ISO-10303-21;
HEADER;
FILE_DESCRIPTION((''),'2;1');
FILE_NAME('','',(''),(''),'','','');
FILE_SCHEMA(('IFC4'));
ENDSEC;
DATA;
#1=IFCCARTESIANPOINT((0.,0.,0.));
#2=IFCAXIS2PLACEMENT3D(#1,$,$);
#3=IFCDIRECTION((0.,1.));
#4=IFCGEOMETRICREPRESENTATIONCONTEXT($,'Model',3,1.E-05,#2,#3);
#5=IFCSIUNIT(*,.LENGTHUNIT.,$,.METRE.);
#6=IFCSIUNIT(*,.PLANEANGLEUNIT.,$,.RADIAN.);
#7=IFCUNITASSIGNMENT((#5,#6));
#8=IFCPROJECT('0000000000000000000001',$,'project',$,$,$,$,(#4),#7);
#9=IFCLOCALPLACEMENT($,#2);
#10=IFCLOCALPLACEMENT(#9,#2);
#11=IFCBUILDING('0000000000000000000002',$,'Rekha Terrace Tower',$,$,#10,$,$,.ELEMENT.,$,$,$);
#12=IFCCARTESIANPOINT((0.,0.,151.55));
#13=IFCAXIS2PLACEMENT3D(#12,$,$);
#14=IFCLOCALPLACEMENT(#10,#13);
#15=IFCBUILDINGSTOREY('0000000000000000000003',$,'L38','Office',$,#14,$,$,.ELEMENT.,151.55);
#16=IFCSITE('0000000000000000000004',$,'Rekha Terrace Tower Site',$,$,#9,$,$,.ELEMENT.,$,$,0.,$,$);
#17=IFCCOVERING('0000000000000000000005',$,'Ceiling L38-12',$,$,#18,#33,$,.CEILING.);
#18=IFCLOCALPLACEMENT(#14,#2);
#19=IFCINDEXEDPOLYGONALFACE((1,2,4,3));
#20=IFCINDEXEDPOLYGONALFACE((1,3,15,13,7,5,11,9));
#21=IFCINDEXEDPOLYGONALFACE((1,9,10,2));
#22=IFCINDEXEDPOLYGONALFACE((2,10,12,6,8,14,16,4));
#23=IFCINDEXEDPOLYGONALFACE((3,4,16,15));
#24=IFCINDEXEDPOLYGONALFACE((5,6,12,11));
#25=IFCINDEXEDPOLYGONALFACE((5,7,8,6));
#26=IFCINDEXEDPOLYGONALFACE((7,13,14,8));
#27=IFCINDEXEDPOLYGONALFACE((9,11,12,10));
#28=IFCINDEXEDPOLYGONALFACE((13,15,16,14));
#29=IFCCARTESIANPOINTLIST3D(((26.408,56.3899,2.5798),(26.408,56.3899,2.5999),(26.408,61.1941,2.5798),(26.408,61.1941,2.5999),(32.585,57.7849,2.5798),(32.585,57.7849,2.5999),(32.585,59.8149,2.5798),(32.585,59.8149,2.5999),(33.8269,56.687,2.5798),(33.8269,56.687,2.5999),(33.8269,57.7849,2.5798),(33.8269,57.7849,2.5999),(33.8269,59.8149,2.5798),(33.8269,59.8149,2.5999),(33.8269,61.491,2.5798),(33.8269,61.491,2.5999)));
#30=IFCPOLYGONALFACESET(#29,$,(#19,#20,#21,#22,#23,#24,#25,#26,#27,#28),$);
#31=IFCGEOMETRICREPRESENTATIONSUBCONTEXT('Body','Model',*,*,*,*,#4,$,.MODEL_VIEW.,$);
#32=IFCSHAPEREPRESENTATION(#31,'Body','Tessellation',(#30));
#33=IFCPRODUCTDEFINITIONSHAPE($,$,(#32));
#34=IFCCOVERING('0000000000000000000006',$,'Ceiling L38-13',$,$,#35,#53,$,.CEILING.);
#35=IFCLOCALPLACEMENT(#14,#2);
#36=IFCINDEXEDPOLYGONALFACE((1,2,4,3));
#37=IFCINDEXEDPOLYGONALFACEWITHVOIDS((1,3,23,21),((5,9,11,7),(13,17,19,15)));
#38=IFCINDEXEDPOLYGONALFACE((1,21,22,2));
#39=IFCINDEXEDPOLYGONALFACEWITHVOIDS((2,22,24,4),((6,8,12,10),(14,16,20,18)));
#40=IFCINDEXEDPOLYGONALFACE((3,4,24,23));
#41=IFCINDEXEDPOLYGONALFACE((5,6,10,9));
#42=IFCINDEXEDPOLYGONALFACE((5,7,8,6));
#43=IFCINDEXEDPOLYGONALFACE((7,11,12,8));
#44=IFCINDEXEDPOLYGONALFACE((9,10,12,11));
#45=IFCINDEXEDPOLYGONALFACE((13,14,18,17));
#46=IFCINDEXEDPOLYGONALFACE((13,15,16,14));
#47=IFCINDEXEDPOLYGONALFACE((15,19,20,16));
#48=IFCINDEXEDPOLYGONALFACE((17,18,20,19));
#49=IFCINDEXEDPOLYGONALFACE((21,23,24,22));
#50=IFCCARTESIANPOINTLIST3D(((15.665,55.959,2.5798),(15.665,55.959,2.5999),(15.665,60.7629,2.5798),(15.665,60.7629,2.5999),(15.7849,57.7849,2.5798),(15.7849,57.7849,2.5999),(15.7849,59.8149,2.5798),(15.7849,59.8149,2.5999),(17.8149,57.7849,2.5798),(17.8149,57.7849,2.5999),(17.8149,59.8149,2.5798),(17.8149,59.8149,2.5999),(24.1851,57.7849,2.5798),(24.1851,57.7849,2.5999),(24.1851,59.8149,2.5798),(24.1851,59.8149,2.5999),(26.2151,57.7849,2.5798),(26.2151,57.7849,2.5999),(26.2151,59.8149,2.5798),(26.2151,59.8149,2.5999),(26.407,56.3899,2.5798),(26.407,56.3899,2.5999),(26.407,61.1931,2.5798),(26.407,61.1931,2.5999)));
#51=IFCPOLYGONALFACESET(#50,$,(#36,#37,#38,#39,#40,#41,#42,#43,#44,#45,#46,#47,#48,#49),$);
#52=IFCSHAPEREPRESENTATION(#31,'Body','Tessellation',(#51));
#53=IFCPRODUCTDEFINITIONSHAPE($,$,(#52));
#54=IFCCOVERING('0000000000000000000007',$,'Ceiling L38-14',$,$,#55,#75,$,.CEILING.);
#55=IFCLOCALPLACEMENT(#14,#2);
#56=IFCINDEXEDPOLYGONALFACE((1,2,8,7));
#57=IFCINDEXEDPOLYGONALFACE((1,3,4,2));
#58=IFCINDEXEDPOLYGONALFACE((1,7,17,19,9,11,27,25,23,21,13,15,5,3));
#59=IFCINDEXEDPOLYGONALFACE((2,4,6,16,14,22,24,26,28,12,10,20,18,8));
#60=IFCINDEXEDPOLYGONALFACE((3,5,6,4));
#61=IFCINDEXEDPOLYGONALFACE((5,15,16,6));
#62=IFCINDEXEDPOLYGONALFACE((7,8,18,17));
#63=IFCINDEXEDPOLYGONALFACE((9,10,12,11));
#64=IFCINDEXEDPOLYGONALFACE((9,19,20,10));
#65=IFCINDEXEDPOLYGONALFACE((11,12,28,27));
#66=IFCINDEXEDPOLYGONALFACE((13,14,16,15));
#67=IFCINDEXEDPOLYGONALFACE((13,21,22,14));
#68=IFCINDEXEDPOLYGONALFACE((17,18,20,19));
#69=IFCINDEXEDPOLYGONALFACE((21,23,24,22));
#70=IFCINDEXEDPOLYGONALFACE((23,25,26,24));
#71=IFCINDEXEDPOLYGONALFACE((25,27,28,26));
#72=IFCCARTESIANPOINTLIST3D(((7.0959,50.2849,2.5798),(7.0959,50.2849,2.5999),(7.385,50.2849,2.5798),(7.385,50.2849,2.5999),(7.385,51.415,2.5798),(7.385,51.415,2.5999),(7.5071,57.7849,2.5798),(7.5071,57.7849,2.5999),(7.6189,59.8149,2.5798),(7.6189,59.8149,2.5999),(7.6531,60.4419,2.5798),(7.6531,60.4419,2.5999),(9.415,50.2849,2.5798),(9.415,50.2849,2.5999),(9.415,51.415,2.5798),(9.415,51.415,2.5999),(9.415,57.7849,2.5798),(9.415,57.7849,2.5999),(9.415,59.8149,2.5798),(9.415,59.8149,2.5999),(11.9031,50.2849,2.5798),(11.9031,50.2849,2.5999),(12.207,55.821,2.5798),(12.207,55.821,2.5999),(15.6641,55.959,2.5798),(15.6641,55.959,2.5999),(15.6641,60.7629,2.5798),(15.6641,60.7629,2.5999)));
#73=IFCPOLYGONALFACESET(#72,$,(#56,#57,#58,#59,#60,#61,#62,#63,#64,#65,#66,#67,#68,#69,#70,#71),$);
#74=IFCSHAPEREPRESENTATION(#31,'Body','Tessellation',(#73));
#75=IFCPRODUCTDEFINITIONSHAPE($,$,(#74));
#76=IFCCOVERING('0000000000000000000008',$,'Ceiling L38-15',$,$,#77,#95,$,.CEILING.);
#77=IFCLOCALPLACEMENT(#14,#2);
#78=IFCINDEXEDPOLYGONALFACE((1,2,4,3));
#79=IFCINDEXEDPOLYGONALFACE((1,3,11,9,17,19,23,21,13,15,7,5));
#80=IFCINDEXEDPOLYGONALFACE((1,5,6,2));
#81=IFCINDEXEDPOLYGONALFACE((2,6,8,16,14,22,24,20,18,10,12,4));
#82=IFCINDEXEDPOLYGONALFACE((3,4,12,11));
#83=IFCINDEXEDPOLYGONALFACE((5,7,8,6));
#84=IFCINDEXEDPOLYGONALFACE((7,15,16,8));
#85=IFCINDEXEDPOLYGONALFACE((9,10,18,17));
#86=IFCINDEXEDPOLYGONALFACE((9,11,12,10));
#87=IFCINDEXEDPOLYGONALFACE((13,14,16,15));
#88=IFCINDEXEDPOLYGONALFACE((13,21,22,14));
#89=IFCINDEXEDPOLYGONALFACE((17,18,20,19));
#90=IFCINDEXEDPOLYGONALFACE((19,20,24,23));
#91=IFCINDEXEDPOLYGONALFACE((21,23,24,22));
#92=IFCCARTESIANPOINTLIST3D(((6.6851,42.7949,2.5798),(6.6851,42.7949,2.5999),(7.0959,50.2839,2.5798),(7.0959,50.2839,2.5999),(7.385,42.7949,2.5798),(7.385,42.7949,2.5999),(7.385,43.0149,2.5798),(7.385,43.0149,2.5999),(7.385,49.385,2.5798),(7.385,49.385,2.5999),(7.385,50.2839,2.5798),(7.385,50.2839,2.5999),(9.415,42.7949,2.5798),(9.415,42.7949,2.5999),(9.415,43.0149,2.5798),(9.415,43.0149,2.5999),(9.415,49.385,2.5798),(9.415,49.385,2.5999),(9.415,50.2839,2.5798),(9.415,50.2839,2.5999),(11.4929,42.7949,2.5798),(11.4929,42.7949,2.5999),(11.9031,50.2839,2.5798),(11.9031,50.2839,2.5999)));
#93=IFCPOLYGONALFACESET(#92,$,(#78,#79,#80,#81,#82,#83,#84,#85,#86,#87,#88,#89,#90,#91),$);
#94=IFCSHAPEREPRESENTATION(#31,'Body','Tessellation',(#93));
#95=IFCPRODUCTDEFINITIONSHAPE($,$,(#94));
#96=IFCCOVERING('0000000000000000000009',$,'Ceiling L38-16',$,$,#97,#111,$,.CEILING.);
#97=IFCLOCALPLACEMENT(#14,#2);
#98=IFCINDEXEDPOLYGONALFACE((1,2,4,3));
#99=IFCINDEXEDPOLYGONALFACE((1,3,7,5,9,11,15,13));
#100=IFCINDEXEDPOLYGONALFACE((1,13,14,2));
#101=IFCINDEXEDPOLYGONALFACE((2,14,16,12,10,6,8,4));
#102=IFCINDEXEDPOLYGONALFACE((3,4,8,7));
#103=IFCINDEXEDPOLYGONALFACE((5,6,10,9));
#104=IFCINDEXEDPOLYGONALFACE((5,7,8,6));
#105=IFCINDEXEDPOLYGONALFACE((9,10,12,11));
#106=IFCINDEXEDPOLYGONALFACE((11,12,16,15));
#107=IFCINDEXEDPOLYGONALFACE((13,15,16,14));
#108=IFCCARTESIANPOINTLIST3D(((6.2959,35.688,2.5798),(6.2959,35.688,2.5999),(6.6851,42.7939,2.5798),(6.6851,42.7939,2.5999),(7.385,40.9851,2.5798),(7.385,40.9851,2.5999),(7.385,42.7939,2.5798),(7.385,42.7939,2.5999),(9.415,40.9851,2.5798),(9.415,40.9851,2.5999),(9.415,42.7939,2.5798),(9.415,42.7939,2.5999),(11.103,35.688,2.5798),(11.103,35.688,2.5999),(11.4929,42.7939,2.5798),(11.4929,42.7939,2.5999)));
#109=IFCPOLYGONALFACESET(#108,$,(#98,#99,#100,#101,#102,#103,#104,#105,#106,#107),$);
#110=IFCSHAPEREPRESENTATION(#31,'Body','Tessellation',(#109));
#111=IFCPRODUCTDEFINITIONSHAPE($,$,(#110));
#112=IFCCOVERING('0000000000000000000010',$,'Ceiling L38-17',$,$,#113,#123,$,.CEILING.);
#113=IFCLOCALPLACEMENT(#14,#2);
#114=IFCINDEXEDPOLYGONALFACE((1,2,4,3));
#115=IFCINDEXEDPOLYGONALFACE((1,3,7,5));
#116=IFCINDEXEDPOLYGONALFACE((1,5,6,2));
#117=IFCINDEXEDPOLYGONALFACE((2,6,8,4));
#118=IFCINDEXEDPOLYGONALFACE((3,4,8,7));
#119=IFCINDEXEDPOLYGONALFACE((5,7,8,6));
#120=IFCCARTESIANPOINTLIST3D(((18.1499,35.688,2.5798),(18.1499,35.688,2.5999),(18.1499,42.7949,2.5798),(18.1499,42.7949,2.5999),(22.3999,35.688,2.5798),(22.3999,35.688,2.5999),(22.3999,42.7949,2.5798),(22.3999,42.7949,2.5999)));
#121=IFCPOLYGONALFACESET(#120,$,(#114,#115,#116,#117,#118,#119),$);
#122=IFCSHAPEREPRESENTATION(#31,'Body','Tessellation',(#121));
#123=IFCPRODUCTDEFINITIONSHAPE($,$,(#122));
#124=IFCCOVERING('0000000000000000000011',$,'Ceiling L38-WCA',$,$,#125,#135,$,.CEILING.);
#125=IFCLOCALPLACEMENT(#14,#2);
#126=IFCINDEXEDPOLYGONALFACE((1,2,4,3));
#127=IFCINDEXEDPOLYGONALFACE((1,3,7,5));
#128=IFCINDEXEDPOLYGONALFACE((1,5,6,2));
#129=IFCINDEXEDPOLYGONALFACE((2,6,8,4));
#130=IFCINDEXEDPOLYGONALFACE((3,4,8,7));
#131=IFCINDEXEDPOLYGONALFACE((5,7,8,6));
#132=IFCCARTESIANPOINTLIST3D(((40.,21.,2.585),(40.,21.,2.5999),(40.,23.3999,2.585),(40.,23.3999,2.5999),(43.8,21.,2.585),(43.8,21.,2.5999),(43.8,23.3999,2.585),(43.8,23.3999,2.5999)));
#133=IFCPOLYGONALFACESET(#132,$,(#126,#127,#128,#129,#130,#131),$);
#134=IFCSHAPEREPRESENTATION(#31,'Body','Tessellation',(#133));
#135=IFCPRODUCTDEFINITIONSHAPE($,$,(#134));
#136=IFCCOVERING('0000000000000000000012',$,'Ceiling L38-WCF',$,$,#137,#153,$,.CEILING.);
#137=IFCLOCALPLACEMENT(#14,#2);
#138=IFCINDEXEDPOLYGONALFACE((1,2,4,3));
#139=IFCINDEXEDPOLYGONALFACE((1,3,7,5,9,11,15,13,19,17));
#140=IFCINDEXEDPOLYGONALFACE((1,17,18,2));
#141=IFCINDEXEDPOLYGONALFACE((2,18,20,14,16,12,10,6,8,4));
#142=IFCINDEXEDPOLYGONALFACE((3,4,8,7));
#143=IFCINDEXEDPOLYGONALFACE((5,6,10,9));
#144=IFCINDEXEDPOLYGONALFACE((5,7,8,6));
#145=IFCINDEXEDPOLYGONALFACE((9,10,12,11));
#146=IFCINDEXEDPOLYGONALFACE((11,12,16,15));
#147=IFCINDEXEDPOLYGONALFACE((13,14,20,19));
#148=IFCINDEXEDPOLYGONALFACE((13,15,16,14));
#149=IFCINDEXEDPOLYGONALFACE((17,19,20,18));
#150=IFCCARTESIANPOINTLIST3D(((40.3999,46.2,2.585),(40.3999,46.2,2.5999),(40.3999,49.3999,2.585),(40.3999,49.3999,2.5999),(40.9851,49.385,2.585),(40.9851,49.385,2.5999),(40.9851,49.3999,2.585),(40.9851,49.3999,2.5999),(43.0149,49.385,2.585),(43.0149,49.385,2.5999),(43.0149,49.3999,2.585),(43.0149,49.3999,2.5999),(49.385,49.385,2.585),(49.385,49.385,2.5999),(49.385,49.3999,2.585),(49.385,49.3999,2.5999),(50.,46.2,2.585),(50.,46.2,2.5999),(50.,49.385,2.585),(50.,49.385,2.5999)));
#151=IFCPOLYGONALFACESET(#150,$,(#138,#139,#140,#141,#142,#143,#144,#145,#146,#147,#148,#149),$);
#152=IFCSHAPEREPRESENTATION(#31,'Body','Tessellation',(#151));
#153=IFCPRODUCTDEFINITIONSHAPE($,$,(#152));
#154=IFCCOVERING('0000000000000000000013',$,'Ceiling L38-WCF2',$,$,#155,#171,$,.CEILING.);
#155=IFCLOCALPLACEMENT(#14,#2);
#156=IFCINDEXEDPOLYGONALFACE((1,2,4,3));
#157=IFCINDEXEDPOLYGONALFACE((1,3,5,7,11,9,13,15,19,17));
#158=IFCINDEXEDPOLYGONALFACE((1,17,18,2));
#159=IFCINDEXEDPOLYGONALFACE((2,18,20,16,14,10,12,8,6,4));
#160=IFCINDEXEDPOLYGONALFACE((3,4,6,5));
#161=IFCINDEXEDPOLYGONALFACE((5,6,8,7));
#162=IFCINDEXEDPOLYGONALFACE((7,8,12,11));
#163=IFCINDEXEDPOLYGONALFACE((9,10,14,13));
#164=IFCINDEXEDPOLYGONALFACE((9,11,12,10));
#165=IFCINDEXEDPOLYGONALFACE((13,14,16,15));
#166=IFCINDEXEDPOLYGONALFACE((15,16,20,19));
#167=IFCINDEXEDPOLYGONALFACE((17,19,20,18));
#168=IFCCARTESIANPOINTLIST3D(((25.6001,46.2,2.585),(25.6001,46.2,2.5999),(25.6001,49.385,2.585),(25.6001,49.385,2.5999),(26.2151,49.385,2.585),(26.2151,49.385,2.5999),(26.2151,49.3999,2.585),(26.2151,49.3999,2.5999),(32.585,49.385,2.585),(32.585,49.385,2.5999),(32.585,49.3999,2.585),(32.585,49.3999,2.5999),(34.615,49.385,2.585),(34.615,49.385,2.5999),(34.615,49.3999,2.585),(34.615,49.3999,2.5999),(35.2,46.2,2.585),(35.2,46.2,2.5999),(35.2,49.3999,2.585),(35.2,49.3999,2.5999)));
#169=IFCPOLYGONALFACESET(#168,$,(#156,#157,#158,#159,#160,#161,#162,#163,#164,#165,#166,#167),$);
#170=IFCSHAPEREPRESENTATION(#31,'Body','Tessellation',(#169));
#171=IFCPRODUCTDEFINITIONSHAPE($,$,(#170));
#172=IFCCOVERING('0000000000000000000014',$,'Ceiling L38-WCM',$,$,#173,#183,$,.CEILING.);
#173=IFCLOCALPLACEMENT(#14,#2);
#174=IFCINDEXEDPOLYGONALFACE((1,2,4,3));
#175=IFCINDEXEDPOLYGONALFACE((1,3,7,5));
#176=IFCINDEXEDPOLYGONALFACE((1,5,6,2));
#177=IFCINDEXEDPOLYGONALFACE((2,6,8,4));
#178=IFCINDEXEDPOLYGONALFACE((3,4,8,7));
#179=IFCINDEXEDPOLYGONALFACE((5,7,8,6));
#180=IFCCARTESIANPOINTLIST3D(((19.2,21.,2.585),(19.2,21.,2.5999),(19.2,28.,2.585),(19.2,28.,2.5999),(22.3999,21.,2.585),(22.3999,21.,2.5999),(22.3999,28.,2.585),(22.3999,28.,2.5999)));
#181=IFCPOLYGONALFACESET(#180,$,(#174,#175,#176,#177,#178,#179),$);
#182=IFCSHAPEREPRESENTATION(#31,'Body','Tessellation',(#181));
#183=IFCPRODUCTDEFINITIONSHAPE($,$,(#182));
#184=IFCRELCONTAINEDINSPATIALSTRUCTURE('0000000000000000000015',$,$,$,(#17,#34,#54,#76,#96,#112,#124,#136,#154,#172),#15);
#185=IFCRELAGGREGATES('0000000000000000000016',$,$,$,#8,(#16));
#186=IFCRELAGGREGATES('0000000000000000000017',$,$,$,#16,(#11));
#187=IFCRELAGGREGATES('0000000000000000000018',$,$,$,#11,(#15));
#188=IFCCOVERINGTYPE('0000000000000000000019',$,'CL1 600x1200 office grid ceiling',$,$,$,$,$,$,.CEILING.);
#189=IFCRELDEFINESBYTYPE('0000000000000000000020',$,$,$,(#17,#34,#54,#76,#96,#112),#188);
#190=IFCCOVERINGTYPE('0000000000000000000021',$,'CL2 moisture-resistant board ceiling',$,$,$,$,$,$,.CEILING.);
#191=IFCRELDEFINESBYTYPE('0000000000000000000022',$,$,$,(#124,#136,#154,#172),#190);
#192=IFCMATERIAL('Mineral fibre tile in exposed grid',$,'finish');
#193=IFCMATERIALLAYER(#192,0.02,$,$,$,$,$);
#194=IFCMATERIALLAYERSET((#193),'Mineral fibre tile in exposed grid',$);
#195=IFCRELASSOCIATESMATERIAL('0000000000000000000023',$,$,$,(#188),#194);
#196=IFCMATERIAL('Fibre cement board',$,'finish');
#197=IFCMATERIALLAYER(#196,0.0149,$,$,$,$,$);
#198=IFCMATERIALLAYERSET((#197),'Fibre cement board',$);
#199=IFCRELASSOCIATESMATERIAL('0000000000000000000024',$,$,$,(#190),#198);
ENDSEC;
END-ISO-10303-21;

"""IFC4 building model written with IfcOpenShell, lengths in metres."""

from ifc_helpers import new_model, si_unit, direction, frame, origin, place, context, subcontext, project, spatial, polyline, outline, extrude, material, layer, layer_set, type_object, element, save


model = new_model("IFC4")

# Units and contexts
model_context = context("Model", 3, precision=1e-05, world=origin(), true_north=direction((0.0, 1.0)))
body_context = subcontext(model_context, "Body", "Model", "MODEL_VIEW")
ifc_project = project(units=[si_unit("LENGTHUNIT", "METRE"), si_unit("PLANEANGLEUNIT", "RADIAN")], contexts=[model_context])

# Site, building, storey
site_placement = place(None, origin())
site = spatial("IfcSite", under=ifc_project, at=site_placement, Name="Rekha Terrace Tower Site", CompositionType="ELEMENT", RefElevation=0.0)
building_placement = place(site_placement, origin())
building = spatial("IfcBuilding", under=site, at=building_placement, Name="Rekha Terrace Tower", CompositionType="ELEMENT")
storey_placement = place(building_placement, frame((0.0, 0.0, 151.55)))
storey = spatial("IfcBuildingStorey", under=building, at=storey_placement, Name="L38", Description="Office", CompositionType="ELEMENT", Elevation=151.55)

# Coverings
ifc_material_1 = material(Name="Mineral fibre tile in exposed grid", Category="finish")
ifc_layer_1 = layer(ifc_material_1, 0.02)
ifc_layer_set_1 = layer_set([ifc_layer_1], Name="Mineral fibre tile in exposed grid")
covering_type_1 = type_object("IfcCoveringType", Name="CL1 600x1200 office grid ceiling", PredefinedType="CEILING", material=ifc_layer_set_1)
covering_1_placement = place(storey_placement, frame((0.0, 0.0, 2.5798)))
element("IfcCovering", 1, at=covering_1_placement, inside=storey, type_object=covering_type_1, Name="Ceiling L38-12", PredefinedType="CEILING", context=body_context, shape_type="SweptSolid", body=[
    extrude(outline(polyline([(33.8269, 61.491), (26.408, 61.1941), (26.408, 56.3899), (33.8269, 56.687), (33.8269, 57.7849), (32.585, 57.7849), (32.585, 59.8149), (33.8269, 59.8149), (33.8269, 61.491)])), origin(), (0.0, 0.0, 1.0), 0.02),
])
covering_2_placement = place(storey_placement, frame((0.0, 0.0, 2.5798)))
element("IfcCovering", 2, at=covering_2_placement, inside=storey, type_object=covering_type_1, Name="Ceiling L38-13", PredefinedType="CEILING", context=body_context, shape_type="SweptSolid", body=[
    extrude(outline(polyline([(26.407, 56.3899), (26.407, 61.1931), (15.665, 60.7629), (15.665, 55.959), (26.407, 56.3899)]), holes=[polyline([(26.2151, 57.7849), (24.1851, 57.7849), (24.1851, 59.8149), (26.2151, 59.8149), (26.2151, 57.7849)]), polyline([(17.8149, 57.7849), (15.7849, 57.7849), (15.7849, 59.8149), (17.8149, 59.8149), (17.8149, 57.7849)])]), origin(), (0.0, 0.0, 1.0), 0.02),
])
covering_3_placement = place(storey_placement, frame((0.0, 0.0, 2.5798)))
element("IfcCovering", 3, at=covering_3_placement, inside=storey, type_object=covering_type_1, Name="Ceiling L38-14", PredefinedType="CEILING", context=body_context, shape_type="SweptSolid", body=[
    extrude(outline(polyline([(9.415, 51.415), (9.415, 50.2849), (11.9031, 50.2849), (12.207, 55.821), (15.6641, 55.959), (15.6641, 60.7629), (7.6531, 60.4419), (7.6189, 59.8149), (9.415, 59.8149), (9.415, 57.7849), (7.5071, 57.7849), (7.0959, 50.2849), (7.385, 50.2849), (7.385, 51.415), (9.415, 51.415)])), origin(), (0.0, 0.0, 1.0), 0.02),
])
covering_4_placement = place(storey_placement, frame((0.0, 0.0, 2.5798)))
element("IfcCovering", 4, at=covering_4_placement, inside=storey, type_object=covering_type_1, Name="Ceiling L38-15", PredefinedType="CEILING", context=body_context, shape_type="SweptSolid", body=[
    extrude(outline(polyline([(7.385, 50.2839), (7.0959, 50.2839), (6.6851, 42.7949), (7.385, 42.7949), (7.385, 43.0149), (9.415, 43.0149), (9.415, 42.7949), (11.4929, 42.7949), (11.9031, 50.2839), (9.415, 50.2839), (9.415, 49.385), (7.385, 49.385), (7.385, 50.2839)])), origin(), (0.0, 0.0, 1.0), 0.02),
])
covering_5_placement = place(storey_placement, frame((0.0, 0.0, 2.5798)))
element("IfcCovering", 5, at=covering_5_placement, inside=storey, type_object=covering_type_1, Name="Ceiling L38-16", PredefinedType="CEILING", context=body_context, shape_type="SweptSolid", body=[
    extrude(outline(polyline([(7.385, 42.7939), (6.6851, 42.7939), (6.2959, 35.688), (11.103, 35.688), (11.4929, 42.7939), (9.415, 42.7939), (9.415, 40.9851), (7.385, 40.9851), (7.385, 42.7939)])), origin(), (0.0, 0.0, 1.0), 0.02),
])
covering_6_placement = place(storey_placement, frame((0.0, 0.0, 2.5798)))
element("IfcCovering", 6, at=covering_6_placement, inside=storey, type_object=covering_type_1, Name="Ceiling L38-17", PredefinedType="CEILING", context=body_context, shape_type="SweptSolid", body=[
    extrude(outline(polyline([(22.3999, 42.7949), (18.1499, 42.7949), (18.1499, 35.688), (22.3999, 35.688), (22.3999, 42.7949)])), origin(), (0.0, 0.0, 1.0), 0.02),
])
ifc_material_2 = material(Name="Fibre cement board", Category="finish")
ifc_layer_2 = layer(ifc_material_2, 0.0149)
ifc_layer_set_2 = layer_set([ifc_layer_2], Name="Fibre cement board")
covering_type_2 = type_object("IfcCoveringType", Name="CL2 moisture-resistant board ceiling", PredefinedType="CEILING", material=ifc_layer_set_2)
covering_7_placement = place(storey_placement, frame((0.0, 0.0, 2.585)))
element("IfcCovering", 7, at=covering_7_placement, inside=storey, type_object=covering_type_2, Name="Ceiling L38-WCA", PredefinedType="CEILING", context=body_context, shape_type="SweptSolid", body=[
    extrude(outline(polyline([(43.8, 23.3999), (40.0, 23.3999), (40.0, 21.0), (43.8, 21.0), (43.8, 23.3999)])), origin(), (0.0, 0.0, 1.0), 0.0149),
])
covering_8_placement = place(storey_placement, frame((0.0, 0.0, 2.585)))
element("IfcCovering", 8, at=covering_8_placement, inside=storey, type_object=covering_type_2, Name="Ceiling L38-WCF", PredefinedType="CEILING", context=body_context, shape_type="SweptSolid", body=[
    extrude(outline(polyline([(40.9851, 49.3999), (40.3999, 49.3999), (40.3999, 46.2), (50.0, 46.2), (50.0, 49.385), (49.385, 49.385), (49.385, 49.3999), (43.0149, 49.3999), (43.0149, 49.385), (40.9851, 49.385), (40.9851, 49.3999)])), origin(), (0.0, 0.0, 1.0), 0.0149),
])
covering_9_placement = place(storey_placement, frame((0.0, 0.0, 2.585)))
element("IfcCovering", 9, at=covering_9_placement, inside=storey, type_object=covering_type_2, Name="Ceiling L38-WCF2", PredefinedType="CEILING", context=body_context, shape_type="SweptSolid", body=[
    extrude(outline(polyline([(26.2151, 49.385), (25.6001, 49.385), (25.6001, 46.2), (35.2, 46.2), (35.2, 49.3999), (34.615, 49.3999), (34.615, 49.385), (32.585, 49.385), (32.585, 49.3999), (26.2151, 49.3999), (26.2151, 49.385)])), origin(), (0.0, 0.0, 1.0), 0.0149),
])
covering_10_placement = place(storey_placement, frame((0.0, 0.0, 2.585)))
element("IfcCovering", 10, at=covering_10_placement, inside=storey, type_object=covering_type_2, Name="Ceiling L38-WCM", PredefinedType="CEILING", context=body_context, shape_type="SweptSolid", body=[
    extrude(outline(polyline([(22.3999, 28.0), (19.2, 28.0), (19.2, 21.0), (22.3999, 21.0), (22.3999, 28.0)])), origin(), (0.0, 0.0, 1.0), 0.0149),
])

save(model, "model.ifc")
